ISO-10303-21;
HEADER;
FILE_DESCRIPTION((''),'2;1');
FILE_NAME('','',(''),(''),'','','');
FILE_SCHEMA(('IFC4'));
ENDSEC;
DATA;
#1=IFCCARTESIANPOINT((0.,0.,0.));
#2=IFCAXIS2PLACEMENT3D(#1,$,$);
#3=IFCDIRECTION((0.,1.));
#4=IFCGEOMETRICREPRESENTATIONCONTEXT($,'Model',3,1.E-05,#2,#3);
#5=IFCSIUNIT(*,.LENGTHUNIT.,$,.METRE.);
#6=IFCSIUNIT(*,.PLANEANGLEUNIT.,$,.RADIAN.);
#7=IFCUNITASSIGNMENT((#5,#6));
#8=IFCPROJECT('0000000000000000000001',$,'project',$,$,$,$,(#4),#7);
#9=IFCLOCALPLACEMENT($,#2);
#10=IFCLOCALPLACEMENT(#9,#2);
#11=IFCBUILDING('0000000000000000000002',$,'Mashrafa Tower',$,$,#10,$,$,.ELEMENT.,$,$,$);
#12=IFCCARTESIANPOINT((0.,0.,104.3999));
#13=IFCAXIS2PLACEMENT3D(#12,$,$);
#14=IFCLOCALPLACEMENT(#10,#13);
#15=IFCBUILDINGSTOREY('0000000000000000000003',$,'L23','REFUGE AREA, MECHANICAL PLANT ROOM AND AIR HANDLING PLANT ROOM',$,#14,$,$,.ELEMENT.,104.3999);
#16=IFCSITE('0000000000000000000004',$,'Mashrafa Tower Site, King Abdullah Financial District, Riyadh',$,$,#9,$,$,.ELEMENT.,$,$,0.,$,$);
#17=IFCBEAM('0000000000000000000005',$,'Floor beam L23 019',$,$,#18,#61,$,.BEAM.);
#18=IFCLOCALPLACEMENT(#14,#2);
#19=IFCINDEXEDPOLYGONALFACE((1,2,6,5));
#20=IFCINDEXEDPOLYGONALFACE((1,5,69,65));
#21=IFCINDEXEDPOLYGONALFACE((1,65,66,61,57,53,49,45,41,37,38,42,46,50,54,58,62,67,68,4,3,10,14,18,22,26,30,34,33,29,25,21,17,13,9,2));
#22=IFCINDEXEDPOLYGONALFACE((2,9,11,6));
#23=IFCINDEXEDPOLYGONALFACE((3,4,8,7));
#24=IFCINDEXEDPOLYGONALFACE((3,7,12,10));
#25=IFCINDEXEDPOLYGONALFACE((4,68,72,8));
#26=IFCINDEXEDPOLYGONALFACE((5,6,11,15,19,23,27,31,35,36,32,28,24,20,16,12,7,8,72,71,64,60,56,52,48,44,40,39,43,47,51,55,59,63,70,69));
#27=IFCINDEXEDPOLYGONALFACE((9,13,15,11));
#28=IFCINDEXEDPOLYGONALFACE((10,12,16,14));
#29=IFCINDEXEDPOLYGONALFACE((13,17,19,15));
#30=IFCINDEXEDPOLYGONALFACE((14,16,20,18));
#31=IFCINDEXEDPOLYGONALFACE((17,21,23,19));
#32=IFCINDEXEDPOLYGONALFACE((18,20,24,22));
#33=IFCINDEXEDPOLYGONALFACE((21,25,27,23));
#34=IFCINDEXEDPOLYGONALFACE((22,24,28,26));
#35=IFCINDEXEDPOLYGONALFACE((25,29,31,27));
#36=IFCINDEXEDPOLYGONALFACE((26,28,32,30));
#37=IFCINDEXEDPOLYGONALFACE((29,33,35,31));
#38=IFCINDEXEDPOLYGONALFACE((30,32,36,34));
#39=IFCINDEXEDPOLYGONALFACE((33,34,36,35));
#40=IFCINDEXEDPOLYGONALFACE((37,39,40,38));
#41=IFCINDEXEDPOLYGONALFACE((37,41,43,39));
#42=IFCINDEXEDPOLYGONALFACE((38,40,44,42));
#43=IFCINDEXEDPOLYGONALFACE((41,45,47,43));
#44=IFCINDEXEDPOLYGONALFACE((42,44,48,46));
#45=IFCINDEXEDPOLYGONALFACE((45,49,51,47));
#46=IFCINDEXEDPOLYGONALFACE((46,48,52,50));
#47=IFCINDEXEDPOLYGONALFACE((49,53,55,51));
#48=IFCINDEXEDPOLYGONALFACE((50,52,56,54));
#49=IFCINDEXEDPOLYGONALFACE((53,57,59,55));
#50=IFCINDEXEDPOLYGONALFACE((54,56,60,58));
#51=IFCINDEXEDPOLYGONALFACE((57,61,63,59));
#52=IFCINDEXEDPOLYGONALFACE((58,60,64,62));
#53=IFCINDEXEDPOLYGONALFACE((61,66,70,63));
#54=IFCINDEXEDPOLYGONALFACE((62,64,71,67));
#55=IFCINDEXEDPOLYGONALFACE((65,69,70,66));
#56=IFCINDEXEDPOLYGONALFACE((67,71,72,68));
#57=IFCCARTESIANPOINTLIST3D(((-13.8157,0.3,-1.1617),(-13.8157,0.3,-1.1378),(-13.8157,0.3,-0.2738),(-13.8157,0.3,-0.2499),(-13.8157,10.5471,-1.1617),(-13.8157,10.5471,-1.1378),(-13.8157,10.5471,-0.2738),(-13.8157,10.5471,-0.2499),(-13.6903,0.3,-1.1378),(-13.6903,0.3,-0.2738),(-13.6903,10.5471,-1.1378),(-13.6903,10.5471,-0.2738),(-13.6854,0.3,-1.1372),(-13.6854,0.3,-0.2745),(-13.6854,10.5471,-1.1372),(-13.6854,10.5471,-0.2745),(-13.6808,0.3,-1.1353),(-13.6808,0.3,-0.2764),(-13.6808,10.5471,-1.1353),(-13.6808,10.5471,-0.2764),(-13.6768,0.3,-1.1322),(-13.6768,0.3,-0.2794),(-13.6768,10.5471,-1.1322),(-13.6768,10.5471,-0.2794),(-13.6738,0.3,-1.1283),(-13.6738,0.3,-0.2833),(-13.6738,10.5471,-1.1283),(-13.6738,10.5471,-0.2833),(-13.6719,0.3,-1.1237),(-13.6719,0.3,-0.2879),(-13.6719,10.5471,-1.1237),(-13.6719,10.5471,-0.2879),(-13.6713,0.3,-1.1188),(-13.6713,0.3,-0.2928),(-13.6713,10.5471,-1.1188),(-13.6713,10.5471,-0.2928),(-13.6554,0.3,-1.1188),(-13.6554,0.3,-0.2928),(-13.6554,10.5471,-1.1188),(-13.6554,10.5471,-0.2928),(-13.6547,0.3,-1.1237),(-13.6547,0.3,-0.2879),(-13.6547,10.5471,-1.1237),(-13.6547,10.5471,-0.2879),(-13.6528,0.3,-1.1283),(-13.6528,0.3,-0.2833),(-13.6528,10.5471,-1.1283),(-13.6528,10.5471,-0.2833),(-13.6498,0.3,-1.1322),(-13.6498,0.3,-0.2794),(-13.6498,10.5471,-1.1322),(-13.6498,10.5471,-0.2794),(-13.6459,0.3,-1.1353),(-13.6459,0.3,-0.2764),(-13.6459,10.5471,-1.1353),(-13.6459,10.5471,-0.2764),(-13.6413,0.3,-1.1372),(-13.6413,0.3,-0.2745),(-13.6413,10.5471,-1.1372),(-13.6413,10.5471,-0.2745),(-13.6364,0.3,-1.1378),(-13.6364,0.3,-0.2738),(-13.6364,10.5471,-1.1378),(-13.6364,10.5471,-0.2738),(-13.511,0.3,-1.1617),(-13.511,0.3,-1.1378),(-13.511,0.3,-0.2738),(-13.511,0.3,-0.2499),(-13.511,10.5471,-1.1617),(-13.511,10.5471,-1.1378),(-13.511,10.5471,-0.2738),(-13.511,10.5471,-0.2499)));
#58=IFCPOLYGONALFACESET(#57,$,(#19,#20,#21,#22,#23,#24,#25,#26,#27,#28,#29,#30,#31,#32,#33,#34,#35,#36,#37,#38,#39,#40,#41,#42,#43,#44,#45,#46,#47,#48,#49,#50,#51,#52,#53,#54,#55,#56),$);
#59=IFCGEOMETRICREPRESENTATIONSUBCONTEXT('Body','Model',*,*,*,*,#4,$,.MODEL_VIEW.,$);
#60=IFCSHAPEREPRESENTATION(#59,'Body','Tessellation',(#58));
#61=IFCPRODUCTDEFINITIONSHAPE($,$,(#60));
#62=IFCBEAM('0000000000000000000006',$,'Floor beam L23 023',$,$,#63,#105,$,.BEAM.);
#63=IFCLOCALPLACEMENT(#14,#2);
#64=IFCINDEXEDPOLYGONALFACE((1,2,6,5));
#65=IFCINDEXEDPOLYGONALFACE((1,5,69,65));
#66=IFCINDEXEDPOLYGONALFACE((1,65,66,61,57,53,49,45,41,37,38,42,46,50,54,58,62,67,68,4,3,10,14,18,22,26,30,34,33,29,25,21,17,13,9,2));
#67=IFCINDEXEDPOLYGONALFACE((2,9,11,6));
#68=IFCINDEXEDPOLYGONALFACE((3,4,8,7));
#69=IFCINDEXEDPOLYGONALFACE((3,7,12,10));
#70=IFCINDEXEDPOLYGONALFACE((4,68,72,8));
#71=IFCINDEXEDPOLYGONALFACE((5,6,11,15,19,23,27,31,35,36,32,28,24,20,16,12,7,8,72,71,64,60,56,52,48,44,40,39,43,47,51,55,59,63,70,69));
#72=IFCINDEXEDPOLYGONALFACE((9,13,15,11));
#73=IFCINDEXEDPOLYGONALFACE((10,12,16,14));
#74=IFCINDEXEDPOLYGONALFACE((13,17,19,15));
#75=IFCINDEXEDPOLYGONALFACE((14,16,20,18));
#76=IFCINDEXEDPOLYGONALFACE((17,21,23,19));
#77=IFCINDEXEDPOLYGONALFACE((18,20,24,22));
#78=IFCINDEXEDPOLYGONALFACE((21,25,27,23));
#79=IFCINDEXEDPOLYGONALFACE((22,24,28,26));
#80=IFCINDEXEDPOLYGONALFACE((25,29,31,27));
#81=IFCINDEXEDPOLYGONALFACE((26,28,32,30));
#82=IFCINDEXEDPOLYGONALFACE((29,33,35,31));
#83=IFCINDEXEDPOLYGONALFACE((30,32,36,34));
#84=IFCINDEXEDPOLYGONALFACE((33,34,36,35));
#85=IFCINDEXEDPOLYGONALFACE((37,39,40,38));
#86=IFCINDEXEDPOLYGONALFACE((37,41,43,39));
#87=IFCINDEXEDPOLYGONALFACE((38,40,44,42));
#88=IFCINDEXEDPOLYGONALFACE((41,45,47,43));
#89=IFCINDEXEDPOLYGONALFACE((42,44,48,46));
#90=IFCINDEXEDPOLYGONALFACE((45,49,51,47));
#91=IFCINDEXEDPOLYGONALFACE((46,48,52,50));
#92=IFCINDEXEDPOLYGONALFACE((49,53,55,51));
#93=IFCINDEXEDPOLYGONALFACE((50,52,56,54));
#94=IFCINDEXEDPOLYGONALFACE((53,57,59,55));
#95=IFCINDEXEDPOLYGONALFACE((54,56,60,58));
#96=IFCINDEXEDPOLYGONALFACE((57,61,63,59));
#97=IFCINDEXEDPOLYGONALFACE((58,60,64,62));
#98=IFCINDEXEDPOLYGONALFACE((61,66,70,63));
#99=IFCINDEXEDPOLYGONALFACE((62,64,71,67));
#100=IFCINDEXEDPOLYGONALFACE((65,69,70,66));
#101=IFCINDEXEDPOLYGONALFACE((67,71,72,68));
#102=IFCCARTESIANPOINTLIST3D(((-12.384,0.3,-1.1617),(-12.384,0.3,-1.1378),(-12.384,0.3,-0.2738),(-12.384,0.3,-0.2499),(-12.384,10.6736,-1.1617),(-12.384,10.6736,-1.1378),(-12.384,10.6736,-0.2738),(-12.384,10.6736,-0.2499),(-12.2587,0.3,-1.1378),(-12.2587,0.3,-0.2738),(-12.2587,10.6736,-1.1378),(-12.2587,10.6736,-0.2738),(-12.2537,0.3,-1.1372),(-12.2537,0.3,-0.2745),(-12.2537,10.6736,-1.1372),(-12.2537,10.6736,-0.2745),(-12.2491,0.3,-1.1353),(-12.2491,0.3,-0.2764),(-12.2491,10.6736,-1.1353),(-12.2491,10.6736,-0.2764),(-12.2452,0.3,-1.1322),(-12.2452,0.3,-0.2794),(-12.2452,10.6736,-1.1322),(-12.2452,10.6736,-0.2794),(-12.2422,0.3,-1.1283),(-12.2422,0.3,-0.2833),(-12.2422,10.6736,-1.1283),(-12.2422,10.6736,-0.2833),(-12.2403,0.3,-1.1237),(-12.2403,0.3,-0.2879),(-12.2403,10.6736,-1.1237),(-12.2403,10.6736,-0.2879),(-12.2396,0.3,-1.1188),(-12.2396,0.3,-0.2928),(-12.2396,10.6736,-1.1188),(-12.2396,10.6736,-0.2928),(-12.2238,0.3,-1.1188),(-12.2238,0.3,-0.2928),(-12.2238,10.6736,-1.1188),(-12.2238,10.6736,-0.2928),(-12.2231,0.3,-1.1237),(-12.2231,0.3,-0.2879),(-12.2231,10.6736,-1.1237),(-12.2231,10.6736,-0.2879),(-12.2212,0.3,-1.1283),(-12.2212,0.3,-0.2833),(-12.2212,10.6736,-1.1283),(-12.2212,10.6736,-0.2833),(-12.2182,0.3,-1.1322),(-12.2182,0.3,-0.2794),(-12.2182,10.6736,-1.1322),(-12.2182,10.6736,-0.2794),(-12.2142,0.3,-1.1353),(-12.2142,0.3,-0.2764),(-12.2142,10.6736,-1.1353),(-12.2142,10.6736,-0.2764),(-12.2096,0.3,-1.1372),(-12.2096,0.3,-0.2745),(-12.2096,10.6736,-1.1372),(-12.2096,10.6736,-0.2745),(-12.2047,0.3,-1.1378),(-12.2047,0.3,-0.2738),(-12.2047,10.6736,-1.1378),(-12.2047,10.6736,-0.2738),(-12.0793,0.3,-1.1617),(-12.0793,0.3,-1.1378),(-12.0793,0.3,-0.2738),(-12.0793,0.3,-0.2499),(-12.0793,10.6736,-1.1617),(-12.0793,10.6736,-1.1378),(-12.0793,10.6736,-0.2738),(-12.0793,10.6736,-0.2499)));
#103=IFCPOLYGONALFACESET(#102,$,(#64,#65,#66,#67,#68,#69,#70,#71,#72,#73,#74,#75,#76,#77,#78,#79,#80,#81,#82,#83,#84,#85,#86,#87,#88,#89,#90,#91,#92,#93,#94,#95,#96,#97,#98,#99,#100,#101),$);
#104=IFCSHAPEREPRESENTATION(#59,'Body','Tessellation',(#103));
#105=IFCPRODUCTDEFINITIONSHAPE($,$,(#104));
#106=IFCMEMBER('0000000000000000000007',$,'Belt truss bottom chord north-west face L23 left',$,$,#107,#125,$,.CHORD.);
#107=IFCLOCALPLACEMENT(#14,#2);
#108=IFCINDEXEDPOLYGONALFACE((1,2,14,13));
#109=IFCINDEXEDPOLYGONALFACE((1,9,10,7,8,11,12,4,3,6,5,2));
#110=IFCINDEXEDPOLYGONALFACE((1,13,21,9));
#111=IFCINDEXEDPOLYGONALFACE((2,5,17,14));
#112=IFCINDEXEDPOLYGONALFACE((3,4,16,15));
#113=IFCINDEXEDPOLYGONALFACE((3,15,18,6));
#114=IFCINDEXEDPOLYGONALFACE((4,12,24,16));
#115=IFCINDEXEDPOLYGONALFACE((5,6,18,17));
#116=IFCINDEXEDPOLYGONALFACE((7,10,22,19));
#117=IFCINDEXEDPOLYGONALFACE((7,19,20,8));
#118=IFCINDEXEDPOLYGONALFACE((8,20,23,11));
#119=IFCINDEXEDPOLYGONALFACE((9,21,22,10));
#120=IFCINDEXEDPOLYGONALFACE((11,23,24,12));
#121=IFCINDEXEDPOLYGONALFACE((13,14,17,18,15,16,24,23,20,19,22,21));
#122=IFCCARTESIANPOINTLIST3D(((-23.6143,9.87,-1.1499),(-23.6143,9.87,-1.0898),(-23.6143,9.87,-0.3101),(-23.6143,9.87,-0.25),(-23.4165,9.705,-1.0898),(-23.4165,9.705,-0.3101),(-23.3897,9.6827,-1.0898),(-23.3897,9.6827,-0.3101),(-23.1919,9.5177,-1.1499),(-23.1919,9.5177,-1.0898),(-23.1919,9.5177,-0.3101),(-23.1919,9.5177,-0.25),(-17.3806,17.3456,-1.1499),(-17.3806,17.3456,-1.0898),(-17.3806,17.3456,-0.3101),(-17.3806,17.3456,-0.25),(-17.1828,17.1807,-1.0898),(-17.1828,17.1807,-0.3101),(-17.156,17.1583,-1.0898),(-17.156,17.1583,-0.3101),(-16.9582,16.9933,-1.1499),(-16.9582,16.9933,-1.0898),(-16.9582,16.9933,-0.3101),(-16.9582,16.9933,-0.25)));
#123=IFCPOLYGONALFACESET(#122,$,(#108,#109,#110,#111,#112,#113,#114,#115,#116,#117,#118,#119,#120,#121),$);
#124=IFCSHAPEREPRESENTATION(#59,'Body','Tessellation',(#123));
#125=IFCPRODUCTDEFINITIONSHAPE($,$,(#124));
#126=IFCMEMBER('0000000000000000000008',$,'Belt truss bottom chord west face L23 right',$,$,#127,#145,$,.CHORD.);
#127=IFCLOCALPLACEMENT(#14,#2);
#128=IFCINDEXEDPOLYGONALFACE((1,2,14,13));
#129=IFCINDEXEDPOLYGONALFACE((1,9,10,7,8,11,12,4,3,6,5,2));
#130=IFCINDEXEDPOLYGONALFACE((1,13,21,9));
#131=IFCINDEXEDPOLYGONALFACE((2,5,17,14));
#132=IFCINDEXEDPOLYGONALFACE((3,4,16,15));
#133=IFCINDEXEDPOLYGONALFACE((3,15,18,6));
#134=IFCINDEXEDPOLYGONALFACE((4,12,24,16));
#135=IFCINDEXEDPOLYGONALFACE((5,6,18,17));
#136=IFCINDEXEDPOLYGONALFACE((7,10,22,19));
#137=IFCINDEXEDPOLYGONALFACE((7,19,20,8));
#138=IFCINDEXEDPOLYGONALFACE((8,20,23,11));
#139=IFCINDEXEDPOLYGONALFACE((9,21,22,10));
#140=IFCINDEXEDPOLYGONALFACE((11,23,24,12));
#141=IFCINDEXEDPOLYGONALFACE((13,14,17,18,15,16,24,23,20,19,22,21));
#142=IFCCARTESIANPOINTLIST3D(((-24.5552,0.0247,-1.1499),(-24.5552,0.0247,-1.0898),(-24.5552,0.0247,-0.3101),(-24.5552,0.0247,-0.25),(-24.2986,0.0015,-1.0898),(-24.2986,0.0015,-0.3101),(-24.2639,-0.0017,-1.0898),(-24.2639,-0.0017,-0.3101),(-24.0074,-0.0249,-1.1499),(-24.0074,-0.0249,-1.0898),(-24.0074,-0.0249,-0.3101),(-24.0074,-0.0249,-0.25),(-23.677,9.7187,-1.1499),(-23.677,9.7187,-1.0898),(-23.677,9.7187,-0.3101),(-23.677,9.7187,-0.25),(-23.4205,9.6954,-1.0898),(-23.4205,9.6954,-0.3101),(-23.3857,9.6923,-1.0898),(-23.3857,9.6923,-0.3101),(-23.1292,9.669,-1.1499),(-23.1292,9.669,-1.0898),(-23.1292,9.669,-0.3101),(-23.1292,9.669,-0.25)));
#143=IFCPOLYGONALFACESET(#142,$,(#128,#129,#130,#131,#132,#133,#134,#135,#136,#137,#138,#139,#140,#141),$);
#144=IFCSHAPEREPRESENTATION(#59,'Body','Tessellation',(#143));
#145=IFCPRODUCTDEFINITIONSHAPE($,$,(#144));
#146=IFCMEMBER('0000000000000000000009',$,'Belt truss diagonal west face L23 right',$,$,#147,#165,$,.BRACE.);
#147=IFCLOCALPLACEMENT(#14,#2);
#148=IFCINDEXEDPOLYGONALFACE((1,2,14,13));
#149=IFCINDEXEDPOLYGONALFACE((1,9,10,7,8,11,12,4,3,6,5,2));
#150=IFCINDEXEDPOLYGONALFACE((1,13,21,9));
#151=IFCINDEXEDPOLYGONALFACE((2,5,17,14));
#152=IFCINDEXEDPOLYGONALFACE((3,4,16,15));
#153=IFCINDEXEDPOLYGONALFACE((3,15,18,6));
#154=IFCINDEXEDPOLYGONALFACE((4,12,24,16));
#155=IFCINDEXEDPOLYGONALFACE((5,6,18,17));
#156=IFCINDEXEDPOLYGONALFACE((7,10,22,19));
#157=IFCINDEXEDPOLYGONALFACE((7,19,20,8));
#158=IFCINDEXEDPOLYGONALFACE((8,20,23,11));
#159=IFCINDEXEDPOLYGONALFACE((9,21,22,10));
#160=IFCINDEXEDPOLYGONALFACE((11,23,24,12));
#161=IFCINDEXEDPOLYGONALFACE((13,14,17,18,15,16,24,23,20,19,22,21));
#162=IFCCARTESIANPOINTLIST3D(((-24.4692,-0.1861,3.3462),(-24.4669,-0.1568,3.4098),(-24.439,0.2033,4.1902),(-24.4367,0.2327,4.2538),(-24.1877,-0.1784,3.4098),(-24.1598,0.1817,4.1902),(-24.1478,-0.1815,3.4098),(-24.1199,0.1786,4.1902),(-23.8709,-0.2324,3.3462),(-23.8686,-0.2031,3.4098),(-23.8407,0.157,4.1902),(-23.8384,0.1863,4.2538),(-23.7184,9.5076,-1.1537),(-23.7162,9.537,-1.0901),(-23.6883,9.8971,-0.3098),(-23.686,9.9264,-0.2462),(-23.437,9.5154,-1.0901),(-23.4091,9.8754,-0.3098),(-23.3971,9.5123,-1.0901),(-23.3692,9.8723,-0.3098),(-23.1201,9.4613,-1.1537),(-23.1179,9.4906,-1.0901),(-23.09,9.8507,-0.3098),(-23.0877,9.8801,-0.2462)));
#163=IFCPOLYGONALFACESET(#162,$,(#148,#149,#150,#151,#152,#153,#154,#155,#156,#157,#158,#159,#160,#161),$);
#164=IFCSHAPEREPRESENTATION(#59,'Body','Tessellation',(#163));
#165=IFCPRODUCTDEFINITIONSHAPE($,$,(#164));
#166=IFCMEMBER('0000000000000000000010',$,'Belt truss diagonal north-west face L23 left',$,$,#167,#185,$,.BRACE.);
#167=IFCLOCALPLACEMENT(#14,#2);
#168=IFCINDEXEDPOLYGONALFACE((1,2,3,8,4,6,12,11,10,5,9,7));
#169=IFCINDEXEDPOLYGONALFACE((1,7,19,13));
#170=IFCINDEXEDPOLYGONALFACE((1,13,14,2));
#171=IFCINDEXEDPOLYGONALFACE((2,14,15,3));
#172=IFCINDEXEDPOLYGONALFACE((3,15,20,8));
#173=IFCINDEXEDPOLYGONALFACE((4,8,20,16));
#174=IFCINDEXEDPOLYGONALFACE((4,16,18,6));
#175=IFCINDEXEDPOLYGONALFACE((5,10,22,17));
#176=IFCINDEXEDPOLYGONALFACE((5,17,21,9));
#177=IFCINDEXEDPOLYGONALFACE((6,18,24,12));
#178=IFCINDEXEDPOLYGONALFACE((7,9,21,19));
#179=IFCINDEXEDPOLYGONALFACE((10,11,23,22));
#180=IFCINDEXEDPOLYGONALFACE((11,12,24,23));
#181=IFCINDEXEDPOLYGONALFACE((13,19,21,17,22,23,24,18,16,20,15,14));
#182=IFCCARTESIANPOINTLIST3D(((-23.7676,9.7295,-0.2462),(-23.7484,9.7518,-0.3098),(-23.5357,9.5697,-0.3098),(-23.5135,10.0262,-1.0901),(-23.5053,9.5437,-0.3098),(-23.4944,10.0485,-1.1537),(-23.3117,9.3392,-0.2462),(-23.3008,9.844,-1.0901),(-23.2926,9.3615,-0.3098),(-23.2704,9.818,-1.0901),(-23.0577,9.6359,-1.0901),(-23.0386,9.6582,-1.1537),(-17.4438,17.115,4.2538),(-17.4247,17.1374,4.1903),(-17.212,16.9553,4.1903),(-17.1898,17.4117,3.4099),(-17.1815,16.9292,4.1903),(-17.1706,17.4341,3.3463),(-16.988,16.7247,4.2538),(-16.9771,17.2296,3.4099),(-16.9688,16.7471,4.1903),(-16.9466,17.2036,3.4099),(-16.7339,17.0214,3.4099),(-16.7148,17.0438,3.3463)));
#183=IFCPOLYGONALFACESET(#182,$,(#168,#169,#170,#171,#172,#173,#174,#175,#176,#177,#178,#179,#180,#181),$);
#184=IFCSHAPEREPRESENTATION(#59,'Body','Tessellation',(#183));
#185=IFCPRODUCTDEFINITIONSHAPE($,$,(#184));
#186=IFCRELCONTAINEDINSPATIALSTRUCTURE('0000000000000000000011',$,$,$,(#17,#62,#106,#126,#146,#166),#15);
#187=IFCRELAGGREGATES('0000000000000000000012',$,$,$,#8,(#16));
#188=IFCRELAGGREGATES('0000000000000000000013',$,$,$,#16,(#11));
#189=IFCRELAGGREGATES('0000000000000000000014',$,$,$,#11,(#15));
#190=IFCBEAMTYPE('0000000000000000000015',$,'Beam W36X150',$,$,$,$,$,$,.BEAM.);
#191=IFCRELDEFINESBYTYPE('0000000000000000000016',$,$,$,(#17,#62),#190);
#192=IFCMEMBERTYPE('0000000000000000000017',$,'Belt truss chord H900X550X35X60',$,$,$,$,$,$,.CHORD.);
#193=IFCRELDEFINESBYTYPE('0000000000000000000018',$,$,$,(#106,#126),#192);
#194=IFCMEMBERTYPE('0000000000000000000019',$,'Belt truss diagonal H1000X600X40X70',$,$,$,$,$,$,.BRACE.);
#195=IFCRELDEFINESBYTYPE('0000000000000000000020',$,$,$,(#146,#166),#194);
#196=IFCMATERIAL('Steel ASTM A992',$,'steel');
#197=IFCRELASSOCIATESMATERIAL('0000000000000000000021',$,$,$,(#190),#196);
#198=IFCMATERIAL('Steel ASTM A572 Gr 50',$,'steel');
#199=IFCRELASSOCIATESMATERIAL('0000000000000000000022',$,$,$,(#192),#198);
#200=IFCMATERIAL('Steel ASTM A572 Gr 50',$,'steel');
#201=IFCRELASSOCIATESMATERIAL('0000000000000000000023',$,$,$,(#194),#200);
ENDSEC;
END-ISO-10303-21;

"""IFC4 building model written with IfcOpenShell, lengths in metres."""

from ifc_helpers import new_model, si_unit, direction, frame, origin, origin_2d, place, context, subcontext, project, spatial, i_section, extrude, source, transform, mapped, material, material_profile, profile_set, type_object, type_shapes, element, save


model = new_model("IFC4")

# Units and contexts
model_context = context("Model", 3, precision=1e-05, world=origin(), true_north=direction((0.0, 1.0)))
body_context = subcontext(model_context, "Body", "Model", "MODEL_VIEW")
ifc_project = project(units=[si_unit("LENGTHUNIT", "METRE"), si_unit("PLANEANGLEUNIT", "RADIAN")], contexts=[model_context])

# Site, building, storey
site_placement = place(None, origin())
site = spatial("IfcSite", under=ifc_project, at=site_placement, Name="Mashrafa Tower Site, King Abdullah Financial District, Riyadh", CompositionType="ELEMENT", RefElevation=0.0)
building_placement = place(site_placement, origin())
building = spatial("IfcBuilding", under=site, at=building_placement, Name="Mashrafa Tower", CompositionType="ELEMENT")
storey_placement = place(building_placement, frame((0.0, 0.0, 104.3999)))
storey = spatial("IfcBuildingStorey", under=building, at=storey_placement, Name="L23", Description="REFUGE AREA, MECHANICAL PLANT ROOM AND AIR HANDLING PLANT ROOM", CompositionType="ELEMENT", Elevation=104.3999)

# Beams
ifc_material_1 = material(Name="Steel ASTM A992", Category="steel")
ifc_material_profile_1 = material_profile(ifc_material_1, i_section(OverallWidth=0.3047, OverallDepth=0.9119, WebThickness=0.0159, FlangeThickness=0.0239, FilletRadius=0.019, at=origin_2d()), Name="W36X150")
ifc_profile_set_1 = profile_set([ifc_material_profile_1], Name="Steel ASTM A992")
beam_type_1 = type_object("IfcBeamType", Name="Beam W36X150", PredefinedType="BEAM", material=ifc_profile_set_1)
beam_1_placement = place(storey_placement, frame((-13.6633, 0.3, -0.7058), z_axis=(0.0, 1.0, 0.0), x_axis=(-1.0, 0.0, 0.0)))
element("IfcBeam", 1, at=beam_1_placement, inside=storey, type_object=beam_type_1, Name="Floor beam L23 019", PredefinedType="BEAM", context=body_context, shape_type="SweptSolid", body=[
    extrude(i_section(OverallWidth=0.3047, OverallDepth=0.9119, WebThickness=0.0159, FlangeThickness=0.0239, FilletRadius=0.019, at=origin_2d()), origin(), (0.0, 0.0, 1.0), 10.2471),
])
beam_2_placement = place(storey_placement, frame((-12.2317, 0.3, -0.7058), z_axis=(0.0, 1.0, 0.0), x_axis=(-1.0, 0.0, 0.0)))
element("IfcBeam", 2, at=beam_2_placement, inside=storey, type_object=beam_type_1, Name="Floor beam L23 023", PredefinedType="BEAM", context=body_context, shape_type="SweptSolid", body=[
    extrude(i_section(OverallWidth=0.3047, OverallDepth=0.9119, WebThickness=0.0159, FlangeThickness=0.0239, FilletRadius=0.019, at=origin_2d()), origin(), (0.0, 0.0, 1.0), 10.3735),
])

# Members
ifc_material_2 = material(Name="Steel ASTM A572 Gr 50", Category="steel")
ifc_material_profile_2 = material_profile(ifc_material_2, i_section(OverallWidth=0.55, OverallDepth=0.8999, WebThickness=0.0349, FlangeThickness=0.0601, at=origin_2d()), Name="H900X550X35X60")
ifc_profile_set_2 = profile_set([ifc_material_profile_2], Name="Steel ASTM A572 Gr 50")
member_type_1 = type_object("IfcMemberType", Name="Belt truss chord H900X550X35X60", PredefinedType="CHORD", material=ifc_profile_set_2)
shared_shape_1 = source(origin(), body_context, "Body", "SweptSolid", [
    extrude(i_section(OverallWidth=0.55, OverallDepth=0.8999, WebThickness=0.0349, FlangeThickness=0.0601, at=origin_2d()), origin(), (0.0, 0.0, 1.0), 9.7336),
])
type_shapes(member_type_1, [shared_shape_1])
for number, where, z_axis, x_axis, name in (
    (3, (-23.4031, 9.6938, -0.7), (0.640426, 0.76802, 0.0), (-0.76802, 0.640426, 0.0), "Belt truss bottom chord north-west face L23 left"),
    (4, (-23.4031, 9.6938, -0.7), (-0.090221, -0.995922, 0.0), (0.995922, -0.090221, 0.0), "Belt truss bottom chord west face L23 right"),
):
    element("IfcMember", number, at=place(storey_placement, frame(where, z_axis=z_axis, x_axis=x_axis)), inside=storey, type_object=member_type_1, Name=name, PredefinedType="CHORD", context=body_context, shape_type="MappedRepresentation", body=[
        mapped(shared_shape_1, transform((0.0, 0.0, 0.0))),
    ])
ifc_material_3 = material(Name="Steel ASTM A572 Gr 50", Category="steel")
ifc_material_profile_3 = material_profile(ifc_material_3, i_section(OverallWidth=0.6001, OverallDepth=1.0, WebThickness=0.04, FlangeThickness=0.0701, at=origin_2d()), Name="H1000X600X40X70")
ifc_profile_set_3 = profile_set([ifc_material_profile_3], Name="Steel ASTM A572 Gr 50")
member_type_2 = type_object("IfcMemberType", Name="Belt truss diagonal H1000X600X40X70", PredefinedType="BRACE", material=ifc_profile_set_3)
shared_shape_2 = source(origin(), body_context, "Body", "SweptSolid", [
    extrude(i_section(OverallWidth=0.6001, OverallDepth=1.0, WebThickness=0.04, FlangeThickness=0.0701, at=origin_2d()), origin(), (0.0, 0.0, 1.0), 10.7136),
])
member_1_placement = place(storey_placement, frame((-23.4031, 9.6938, -0.7), z_axis=(-0.070072, -0.904805, 0.420021), x_axis=(0.997015, -0.077213, 0.0)))
element("IfcMember", 5, at=member_1_placement, inside=storey, type_object=member_type_2, Name="Belt truss diagonal west face L23 right", PredefinedType="BRACE", context=body_context, shape_type="MappedRepresentation", body=[
    mapped(shared_shape_2, transform((0.0, 0.0, 0.0))),
])
shared_shape_3 = source(origin(), body_context, "Body", "SweptSolid", [
    extrude(i_section(OverallWidth=0.6001, OverallDepth=1.0, WebThickness=0.04, FlangeThickness=0.0701, at=origin_2d()), origin(), (0.0, 0.0, 1.0), 10.7139),
])
type_shapes(member_type_2, [shared_shape_2, shared_shape_3])
member_2_placement = place(storey_placement, frame((-23.4031, 9.6938, -0.7), z_axis=(0.590243, 0.689345, 0.42002), x_axis=(-0.759597, 0.650394, 0.0)))
element("IfcMember", 6, at=member_2_placement, inside=storey, type_object=member_type_2, Name="Belt truss diagonal north-west face L23 left", PredefinedType="BRACE", context=body_context, shape_type="MappedRepresentation", body=[
    mapped(shared_shape_3, transform((0.0, 0.0, 0.0))),
])

save(model, "model.ifc")
